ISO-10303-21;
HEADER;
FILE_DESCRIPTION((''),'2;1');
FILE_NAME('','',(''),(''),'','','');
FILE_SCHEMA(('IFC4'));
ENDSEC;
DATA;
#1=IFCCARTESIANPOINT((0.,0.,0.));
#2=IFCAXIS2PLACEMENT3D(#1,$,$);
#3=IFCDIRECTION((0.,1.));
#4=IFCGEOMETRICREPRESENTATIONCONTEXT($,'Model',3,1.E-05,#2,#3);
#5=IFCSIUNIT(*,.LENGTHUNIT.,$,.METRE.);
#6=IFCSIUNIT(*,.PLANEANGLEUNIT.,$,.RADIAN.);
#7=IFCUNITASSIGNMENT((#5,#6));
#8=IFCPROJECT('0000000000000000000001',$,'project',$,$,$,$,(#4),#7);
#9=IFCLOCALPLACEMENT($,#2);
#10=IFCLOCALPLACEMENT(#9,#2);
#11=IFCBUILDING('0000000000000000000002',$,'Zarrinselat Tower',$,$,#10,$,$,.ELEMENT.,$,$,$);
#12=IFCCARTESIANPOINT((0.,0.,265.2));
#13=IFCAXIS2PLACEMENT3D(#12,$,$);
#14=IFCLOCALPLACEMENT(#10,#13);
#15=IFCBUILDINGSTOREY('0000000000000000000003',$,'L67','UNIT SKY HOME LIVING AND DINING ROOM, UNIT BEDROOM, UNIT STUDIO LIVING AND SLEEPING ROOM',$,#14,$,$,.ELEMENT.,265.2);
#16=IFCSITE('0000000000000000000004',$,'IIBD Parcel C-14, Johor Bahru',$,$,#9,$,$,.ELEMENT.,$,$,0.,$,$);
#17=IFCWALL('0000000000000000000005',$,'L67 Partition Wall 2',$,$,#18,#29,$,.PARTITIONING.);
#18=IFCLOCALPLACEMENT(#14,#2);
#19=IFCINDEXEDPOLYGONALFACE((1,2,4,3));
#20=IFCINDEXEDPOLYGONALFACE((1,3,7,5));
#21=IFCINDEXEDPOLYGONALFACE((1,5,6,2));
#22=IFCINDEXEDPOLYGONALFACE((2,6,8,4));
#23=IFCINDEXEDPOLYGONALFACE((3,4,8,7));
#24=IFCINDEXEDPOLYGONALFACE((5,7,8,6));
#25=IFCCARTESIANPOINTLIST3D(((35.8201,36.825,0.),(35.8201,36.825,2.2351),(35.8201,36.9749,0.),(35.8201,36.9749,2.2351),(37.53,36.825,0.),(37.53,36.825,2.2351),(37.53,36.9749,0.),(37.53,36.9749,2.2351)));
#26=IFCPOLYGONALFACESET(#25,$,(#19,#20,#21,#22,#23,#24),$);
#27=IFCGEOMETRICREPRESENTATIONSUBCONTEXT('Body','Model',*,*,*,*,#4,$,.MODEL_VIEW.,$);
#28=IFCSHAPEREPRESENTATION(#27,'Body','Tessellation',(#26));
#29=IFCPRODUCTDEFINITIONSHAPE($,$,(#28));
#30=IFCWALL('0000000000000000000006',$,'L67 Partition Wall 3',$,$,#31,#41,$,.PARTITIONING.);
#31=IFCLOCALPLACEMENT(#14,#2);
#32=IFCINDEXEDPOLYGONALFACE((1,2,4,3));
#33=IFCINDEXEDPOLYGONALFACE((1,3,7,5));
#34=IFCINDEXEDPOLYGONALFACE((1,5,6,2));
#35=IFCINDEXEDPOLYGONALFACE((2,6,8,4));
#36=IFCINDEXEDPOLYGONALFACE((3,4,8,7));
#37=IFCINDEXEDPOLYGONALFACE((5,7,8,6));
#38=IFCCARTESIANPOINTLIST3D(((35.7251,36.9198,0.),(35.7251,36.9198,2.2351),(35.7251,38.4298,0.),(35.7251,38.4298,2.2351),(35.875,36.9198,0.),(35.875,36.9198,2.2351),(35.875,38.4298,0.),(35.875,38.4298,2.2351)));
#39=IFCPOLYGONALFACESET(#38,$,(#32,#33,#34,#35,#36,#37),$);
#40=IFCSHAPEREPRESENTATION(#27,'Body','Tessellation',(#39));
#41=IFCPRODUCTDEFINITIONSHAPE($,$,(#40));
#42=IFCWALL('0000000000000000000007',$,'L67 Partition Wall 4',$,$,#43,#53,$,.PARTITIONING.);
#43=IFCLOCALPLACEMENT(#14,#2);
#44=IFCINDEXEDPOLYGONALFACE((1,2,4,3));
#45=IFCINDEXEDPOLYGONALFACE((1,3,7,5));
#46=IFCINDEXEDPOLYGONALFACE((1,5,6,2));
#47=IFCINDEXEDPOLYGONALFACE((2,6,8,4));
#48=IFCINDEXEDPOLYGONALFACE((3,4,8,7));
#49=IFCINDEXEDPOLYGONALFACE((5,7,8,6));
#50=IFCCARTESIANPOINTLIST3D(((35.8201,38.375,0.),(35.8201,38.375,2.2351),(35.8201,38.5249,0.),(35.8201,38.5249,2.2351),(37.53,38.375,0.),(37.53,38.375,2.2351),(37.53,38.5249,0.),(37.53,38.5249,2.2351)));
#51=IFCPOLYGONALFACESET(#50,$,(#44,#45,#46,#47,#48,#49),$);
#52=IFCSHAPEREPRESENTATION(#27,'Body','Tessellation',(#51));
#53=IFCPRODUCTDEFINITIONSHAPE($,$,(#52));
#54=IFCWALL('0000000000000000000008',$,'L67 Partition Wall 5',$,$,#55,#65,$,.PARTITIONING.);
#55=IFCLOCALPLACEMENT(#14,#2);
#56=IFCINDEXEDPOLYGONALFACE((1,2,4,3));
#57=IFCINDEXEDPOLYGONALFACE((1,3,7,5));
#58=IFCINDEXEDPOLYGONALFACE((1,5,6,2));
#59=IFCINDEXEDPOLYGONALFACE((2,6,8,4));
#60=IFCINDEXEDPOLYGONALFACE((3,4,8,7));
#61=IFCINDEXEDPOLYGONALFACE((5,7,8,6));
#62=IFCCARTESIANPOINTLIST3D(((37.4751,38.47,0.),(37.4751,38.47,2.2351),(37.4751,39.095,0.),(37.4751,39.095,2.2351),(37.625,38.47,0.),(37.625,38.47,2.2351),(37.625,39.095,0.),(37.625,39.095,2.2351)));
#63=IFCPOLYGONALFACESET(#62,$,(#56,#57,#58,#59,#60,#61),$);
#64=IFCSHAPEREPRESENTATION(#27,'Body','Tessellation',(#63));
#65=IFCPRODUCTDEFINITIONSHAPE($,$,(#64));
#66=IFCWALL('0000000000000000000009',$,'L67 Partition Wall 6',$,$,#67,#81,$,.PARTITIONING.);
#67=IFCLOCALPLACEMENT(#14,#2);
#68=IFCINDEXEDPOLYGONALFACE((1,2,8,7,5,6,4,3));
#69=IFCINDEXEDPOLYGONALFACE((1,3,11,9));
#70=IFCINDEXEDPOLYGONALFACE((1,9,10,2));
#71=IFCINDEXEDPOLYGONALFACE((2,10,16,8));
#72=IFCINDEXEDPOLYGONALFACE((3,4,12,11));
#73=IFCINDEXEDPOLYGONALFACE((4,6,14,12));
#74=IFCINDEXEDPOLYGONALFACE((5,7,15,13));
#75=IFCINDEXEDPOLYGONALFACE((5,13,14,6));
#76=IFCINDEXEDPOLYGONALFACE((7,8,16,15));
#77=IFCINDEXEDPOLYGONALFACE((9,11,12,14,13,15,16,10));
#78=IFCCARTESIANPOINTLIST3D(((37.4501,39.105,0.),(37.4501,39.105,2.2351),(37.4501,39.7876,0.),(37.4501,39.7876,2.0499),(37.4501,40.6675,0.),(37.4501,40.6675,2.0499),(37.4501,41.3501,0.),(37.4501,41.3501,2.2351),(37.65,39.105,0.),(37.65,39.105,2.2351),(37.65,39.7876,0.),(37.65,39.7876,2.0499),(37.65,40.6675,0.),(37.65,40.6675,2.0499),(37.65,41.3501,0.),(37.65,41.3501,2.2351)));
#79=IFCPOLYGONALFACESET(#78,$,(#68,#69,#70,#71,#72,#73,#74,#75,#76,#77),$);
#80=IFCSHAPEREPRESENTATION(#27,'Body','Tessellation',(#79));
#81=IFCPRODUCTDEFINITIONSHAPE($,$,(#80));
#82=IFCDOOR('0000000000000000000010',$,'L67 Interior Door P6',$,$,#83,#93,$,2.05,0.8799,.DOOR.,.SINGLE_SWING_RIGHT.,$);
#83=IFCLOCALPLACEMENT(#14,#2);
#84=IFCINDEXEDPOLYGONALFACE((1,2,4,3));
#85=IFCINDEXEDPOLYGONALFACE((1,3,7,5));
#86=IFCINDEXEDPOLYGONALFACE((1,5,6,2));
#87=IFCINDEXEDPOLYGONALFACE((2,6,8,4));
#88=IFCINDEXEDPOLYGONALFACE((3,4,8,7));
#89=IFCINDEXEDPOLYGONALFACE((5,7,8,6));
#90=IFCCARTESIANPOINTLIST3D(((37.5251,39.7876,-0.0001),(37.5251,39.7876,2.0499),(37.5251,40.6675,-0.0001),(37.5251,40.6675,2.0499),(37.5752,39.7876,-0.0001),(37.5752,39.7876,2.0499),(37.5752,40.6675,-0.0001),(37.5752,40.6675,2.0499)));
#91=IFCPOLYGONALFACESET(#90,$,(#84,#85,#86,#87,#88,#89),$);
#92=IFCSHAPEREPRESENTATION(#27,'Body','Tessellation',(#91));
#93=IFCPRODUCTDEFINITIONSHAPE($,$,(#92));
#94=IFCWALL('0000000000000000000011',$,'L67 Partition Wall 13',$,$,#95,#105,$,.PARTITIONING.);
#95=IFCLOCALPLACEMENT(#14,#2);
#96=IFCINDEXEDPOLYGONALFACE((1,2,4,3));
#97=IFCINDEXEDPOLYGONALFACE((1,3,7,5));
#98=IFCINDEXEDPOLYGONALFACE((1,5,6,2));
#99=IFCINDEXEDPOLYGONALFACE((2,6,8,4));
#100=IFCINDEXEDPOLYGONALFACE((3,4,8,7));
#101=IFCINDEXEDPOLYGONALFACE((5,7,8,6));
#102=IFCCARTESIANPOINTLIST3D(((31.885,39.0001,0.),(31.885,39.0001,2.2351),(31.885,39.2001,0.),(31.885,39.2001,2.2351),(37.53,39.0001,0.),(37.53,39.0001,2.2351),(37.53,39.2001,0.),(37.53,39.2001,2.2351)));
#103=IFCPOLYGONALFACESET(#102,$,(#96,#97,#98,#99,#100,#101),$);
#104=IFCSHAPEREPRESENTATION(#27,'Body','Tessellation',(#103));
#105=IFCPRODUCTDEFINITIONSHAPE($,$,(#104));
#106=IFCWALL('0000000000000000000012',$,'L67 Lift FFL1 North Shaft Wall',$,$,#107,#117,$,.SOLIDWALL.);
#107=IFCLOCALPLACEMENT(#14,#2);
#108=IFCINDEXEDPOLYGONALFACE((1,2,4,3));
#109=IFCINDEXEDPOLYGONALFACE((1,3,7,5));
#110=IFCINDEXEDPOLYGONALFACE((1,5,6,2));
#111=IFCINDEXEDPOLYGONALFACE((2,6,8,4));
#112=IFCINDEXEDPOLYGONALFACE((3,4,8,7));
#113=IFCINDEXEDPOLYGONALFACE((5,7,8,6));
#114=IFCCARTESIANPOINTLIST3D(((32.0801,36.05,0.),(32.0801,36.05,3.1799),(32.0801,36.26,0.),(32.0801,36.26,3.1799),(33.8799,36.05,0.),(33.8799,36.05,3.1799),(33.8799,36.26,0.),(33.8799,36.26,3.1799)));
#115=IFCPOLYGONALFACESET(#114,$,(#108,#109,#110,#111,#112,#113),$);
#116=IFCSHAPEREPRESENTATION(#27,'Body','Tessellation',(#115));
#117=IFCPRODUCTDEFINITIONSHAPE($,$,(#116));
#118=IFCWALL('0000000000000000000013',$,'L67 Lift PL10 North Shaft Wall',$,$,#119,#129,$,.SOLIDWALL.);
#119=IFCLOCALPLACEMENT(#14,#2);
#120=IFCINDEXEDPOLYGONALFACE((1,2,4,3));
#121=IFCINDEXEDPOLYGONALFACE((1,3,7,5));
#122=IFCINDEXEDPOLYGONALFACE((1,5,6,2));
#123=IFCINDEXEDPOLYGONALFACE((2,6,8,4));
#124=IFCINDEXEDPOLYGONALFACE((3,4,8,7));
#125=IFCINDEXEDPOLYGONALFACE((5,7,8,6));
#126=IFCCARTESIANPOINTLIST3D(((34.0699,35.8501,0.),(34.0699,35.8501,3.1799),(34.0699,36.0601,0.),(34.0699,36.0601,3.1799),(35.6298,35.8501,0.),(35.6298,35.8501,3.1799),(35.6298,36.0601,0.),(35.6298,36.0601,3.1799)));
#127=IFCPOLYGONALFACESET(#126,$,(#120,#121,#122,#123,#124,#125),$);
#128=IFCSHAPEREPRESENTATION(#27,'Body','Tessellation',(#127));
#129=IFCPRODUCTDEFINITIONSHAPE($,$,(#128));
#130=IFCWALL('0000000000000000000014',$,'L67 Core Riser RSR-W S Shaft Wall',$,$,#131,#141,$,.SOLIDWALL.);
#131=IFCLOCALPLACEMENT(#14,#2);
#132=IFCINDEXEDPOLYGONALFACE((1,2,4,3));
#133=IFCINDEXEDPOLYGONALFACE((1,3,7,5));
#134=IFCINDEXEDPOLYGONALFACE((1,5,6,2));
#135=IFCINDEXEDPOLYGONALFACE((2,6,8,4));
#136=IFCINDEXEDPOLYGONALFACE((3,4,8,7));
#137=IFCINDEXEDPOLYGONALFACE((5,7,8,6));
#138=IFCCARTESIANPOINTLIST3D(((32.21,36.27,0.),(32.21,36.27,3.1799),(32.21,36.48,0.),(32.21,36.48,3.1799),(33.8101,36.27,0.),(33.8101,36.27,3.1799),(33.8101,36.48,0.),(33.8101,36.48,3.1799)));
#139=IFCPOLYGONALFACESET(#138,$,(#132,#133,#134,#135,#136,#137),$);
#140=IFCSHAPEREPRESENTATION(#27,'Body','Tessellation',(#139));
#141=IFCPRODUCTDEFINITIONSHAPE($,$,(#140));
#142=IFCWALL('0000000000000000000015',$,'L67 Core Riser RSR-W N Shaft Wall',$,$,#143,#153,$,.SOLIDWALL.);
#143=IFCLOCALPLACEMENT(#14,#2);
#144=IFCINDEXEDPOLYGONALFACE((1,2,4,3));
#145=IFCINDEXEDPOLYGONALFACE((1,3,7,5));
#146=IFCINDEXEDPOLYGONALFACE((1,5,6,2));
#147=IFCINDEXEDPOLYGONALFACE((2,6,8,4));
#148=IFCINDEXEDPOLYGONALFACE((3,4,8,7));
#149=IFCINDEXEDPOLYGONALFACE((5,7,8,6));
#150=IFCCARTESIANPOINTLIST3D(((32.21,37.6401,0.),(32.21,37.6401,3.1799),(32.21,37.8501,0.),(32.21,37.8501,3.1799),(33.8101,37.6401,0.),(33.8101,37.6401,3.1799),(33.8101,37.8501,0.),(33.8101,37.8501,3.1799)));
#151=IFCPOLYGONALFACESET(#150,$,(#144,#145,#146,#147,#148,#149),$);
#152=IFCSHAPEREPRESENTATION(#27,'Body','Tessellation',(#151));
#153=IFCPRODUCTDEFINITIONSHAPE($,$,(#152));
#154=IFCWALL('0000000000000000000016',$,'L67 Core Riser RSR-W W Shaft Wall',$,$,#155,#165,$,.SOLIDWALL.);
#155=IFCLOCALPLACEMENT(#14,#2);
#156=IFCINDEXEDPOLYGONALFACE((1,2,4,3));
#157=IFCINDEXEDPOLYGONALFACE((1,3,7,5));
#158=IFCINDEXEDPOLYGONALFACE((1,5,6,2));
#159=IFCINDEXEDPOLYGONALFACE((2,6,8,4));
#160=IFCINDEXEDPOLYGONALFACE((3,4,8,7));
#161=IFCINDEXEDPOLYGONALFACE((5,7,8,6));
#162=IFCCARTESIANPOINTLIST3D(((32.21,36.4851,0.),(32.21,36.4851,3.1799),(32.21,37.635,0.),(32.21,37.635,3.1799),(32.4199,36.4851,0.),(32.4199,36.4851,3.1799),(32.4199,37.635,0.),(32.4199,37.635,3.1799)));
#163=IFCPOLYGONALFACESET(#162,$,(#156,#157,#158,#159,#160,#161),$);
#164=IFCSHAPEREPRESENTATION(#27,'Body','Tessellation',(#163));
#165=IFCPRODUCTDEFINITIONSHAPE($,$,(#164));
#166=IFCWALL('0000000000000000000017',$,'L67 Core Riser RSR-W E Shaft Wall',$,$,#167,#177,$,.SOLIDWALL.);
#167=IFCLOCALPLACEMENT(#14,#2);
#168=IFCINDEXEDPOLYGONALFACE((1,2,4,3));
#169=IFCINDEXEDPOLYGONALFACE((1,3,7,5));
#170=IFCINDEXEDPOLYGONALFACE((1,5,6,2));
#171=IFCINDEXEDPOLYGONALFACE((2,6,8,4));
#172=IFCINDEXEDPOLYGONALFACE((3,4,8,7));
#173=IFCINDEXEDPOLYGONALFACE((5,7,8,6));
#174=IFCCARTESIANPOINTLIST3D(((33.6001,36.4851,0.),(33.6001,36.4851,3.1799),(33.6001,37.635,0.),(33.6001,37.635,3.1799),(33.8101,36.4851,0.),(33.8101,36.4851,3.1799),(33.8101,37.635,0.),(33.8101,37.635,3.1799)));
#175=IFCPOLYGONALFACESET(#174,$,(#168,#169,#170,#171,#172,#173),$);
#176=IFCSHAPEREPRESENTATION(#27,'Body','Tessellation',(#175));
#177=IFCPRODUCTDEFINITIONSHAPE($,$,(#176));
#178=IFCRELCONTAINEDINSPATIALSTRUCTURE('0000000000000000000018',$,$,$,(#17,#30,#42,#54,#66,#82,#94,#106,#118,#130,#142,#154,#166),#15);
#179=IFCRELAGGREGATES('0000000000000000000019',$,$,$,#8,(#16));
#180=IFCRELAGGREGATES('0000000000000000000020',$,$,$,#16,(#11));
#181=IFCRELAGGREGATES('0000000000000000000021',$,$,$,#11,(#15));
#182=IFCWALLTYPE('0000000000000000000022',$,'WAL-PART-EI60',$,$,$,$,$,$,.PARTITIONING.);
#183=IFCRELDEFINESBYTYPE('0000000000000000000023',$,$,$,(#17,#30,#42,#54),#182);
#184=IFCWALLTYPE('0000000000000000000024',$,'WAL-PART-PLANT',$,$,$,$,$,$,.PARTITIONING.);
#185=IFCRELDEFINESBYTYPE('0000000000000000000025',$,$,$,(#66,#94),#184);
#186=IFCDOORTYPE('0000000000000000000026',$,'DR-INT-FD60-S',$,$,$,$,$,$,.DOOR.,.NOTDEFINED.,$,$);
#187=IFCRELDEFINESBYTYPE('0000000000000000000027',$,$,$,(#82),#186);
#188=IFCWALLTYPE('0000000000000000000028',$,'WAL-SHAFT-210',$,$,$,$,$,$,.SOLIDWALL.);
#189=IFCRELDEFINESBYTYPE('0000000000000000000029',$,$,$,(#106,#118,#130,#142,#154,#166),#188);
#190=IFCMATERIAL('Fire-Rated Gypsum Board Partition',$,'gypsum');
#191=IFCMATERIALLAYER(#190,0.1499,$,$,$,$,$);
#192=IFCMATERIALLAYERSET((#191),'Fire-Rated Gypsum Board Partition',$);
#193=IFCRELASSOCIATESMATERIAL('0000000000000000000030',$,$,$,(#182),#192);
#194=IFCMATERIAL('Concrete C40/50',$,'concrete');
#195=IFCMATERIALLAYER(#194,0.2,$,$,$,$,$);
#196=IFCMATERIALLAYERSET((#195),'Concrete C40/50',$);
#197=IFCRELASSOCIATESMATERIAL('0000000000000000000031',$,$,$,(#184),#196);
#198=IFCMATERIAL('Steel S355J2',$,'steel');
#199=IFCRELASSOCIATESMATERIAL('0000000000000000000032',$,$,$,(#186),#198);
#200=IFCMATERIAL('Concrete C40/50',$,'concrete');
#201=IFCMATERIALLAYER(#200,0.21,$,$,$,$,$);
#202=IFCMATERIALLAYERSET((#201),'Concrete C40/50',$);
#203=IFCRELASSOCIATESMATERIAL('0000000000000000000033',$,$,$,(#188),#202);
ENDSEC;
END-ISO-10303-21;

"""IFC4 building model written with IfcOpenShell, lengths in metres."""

from ifc_helpers import new_model, si_unit, direction, frame, frame_2d, origin, place, context, subcontext, project, spatial, rectangle, extrude, material, layer, layer_set, type_object, element, fill, save


model = new_model("IFC4")

# Units and contexts
model_context = context("Model", 3, precision=1e-05, world=origin(), true_north=direction((0.0, 1.0)))
body_context = subcontext(model_context, "Body", "Model", "MODEL_VIEW")
ifc_project = project(units=[si_unit("LENGTHUNIT", "METRE"), si_unit("PLANEANGLEUNIT", "RADIAN")], contexts=[model_context])

# Site, building, storey
site_placement = place(None, origin())
site = spatial("IfcSite", under=ifc_project, at=site_placement, Name="IIBD Parcel C-14, Johor Bahru", CompositionType="ELEMENT", RefElevation=0.0)
building_placement = place(site_placement, origin())
building = spatial("IfcBuilding", under=site, at=building_placement, Name="Zarrinselat Tower", CompositionType="ELEMENT")
storey_placement = place(building_placement, frame((0.0, 0.0, 265.2)))
storey = spatial("IfcBuildingStorey", under=building, at=storey_placement, Name="L67", Description="UNIT SKY HOME LIVING AND DINING ROOM, UNIT BEDROOM, UNIT STUDIO LIVING AND SLEEPING ROOM", CompositionType="ELEMENT", Elevation=265.2)

# Walls
ifc_material_1 = material(Name="Fire-Rated Gypsum Board Partition", Category="gypsum")
ifc_layer_1 = layer(ifc_material_1, 0.1499)
ifc_layer_set_1 = layer_set([ifc_layer_1], Name="Fire-Rated Gypsum Board Partition")
wall_type_1 = type_object("IfcWallType", Name="WAL-PART-EI60", PredefinedType="PARTITIONING", material=ifc_layer_set_1)
wall_1_placement = place(storey_placement, frame((35.8201, 36.8999, 0.0), z_axis=(0.0, 0.0, 1.0), x_axis=(1.0, 0.0, 0.0)))
element("IfcWall", 1, at=wall_1_placement, inside=storey, type_object=wall_type_1, Name="L67 Partition Wall 2", PredefinedType="PARTITIONING", context=body_context, shape_type="SweptSolid", body=[
    extrude(rectangle(XDim=1.71, YDim=0.1499, at=frame_2d((0.855, 0.0))), origin(), (0.0, 0.0, 1.0), 2.2351),
])
wall_2_placement = place(storey_placement, frame((35.8, 36.9199, 0.0), z_axis=(0.0, 0.0, 1.0), x_axis=(0.0, 1.0, 0.0)))
element("IfcWall", 2, at=wall_2_placement, inside=storey, type_object=wall_type_1, Name="L67 Partition Wall 3", PredefinedType="PARTITIONING", context=body_context, shape_type="SweptSolid", body=[
    extrude(rectangle(XDim=1.51, YDim=0.1499, at=frame_2d((0.7549, 0.0))), origin(), (0.0, 0.0, 1.0), 2.2351),
])
wall_3_placement = place(storey_placement, frame((35.8201, 38.45, 0.0), z_axis=(0.0, 0.0, 1.0), x_axis=(1.0, 0.0, 0.0)))
element("IfcWall", 3, at=wall_3_placement, inside=storey, type_object=wall_type_1, Name="L67 Partition Wall 4", PredefinedType="PARTITIONING", context=body_context, shape_type="SweptSolid", body=[
    extrude(rectangle(XDim=1.71, YDim=0.1499, at=frame_2d((0.855, 0.0))), origin(), (0.0, 0.0, 1.0), 2.2351),
])
wall_4_placement = place(storey_placement, frame((37.55, 38.47, 0.0), z_axis=(0.0, 0.0, 1.0), x_axis=(0.0, 1.0, 0.0)))
element("IfcWall", 4, at=wall_4_placement, inside=storey, type_object=wall_type_1, Name="L67 Partition Wall 5", PredefinedType="PARTITIONING", context=body_context, shape_type="SweptSolid", body=[
    extrude(rectangle(XDim=0.625, YDim=0.1499, at=frame_2d((0.3125, 0.0))), origin(), (0.0, 0.0, 1.0), 2.2351),
])

# Wall, opening, door
ifc_material_2 = material(Name="Concrete C40/50", Category="concrete")
ifc_layer_2 = layer(ifc_material_2, 0.2)
ifc_layer_set_2 = layer_set([ifc_layer_2], Name="Concrete C40/50")
wall_type_2 = type_object("IfcWallType", Name="WAL-PART-PLANT", PredefinedType="PARTITIONING", material=ifc_layer_set_2)
wall_5_placement = place(storey_placement, frame((37.55, 39.105, 0.0), z_axis=(0.0, 0.0, 1.0), x_axis=(0.0, 1.0, 0.0)))
wall_5 = element("IfcWall", 5, at=wall_5_placement, inside=storey, type_object=wall_type_2, Name="L67 Partition Wall 6", PredefinedType="PARTITIONING", context=body_context, shape_type="SweptSolid", body=[
    extrude(rectangle(XDim=2.2451, YDim=0.2, at=frame_2d((1.1226, 0.0))), origin(), (0.0, 0.0, 1.0), 2.2351),
])
opening_placement = place(wall_5_placement, frame((0.6826, 0.0, 0.0)))
opening = element("IfcOpeningElement", 6, at=opening_placement, cuts=wall_5, PredefinedType="OPENING", context=body_context, shape_type="SweptSolid", body=[
    extrude(rectangle(XDim=0.8799, YDim=2.05, at=frame_2d((0.4399, 1.0249))), frame((0.0, 0.1099, 0.0), z_axis=(0.0, -1.0, 0.0), x_axis=(1.0, 0.0, 0.0)), (0.0, 0.0, 1.0), 0.22),
])
ifc_material_3 = material(Name="Steel S355J2", Category="steel")
door_type = type_object("IfcDoorType", Name="DR-INT-FD60-S", OperationType="NOTDEFINED", PredefinedType="DOOR", material=ifc_material_3)
door_placement = place(opening_placement, origin())
door = element("IfcDoor", 7, at=door_placement, inside=storey, type_object=door_type, Name="L67 Interior Door P6", OperationType="SINGLE_SWING_RIGHT", OverallHeight=2.05, OverallWidth=0.8799, PredefinedType="DOOR", context=body_context, shape_type="SweptSolid", body=[
    extrude(rectangle(XDim=0.8799, YDim=2.05, at=frame_2d((0.4399, 1.0249))), frame((0.0, 0.0249, 0.0), z_axis=(0.0, -1.0, 0.0), x_axis=(1.0, 0.0, 0.0)), (0.0, 0.0, 1.0), 0.05),
])
fill(opening, door)

# Walls
wall_6_placement = place(storey_placement, frame((31.885, 39.1001, 0.0), z_axis=(0.0, 0.0, 1.0), x_axis=(1.0, 0.0, 0.0)))
element("IfcWall", 8, at=wall_6_placement, inside=storey, type_object=wall_type_2, Name="L67 Partition Wall 13", PredefinedType="PARTITIONING", context=body_context, shape_type="SweptSolid", body=[
    extrude(rectangle(XDim=5.645, YDim=0.2, at=frame_2d((2.8225, 0.0))), origin(), (0.0, 0.0, 1.0), 2.2351),
])
ifc_material_4 = material(Name="Concrete C40/50", Category="concrete")
ifc_layer_3 = layer(ifc_material_4, 0.21)
ifc_layer_set_3 = layer_set([ifc_layer_3], Name="Concrete C40/50")
wall_type_3 = type_object("IfcWallType", Name="WAL-SHAFT-210", PredefinedType="SOLIDWALL", material=ifc_layer_set_3)
wall_7_placement = place(storey_placement, frame((32.0801, 36.155, 0.0), z_axis=(0.0, 0.0, 1.0), x_axis=(1.0, 0.0, 0.0)))
element("IfcWall", 9, at=wall_7_placement, inside=storey, type_object=wall_type_3, Name="L67 Lift FFL1 North Shaft Wall", PredefinedType="SOLIDWALL", context=body_context, shape_type="SweptSolid", body=[
    extrude(rectangle(XDim=1.7998, YDim=0.21, at=frame_2d((0.8999, 0.0))), origin(), (0.0, 0.0, 1.0), 3.1799),
])
wall_8_placement = place(storey_placement, frame((34.0701, 35.9551, 0.0), z_axis=(0.0, 0.0, 1.0), x_axis=(1.0, 0.0, 0.0)))
element("IfcWall", 10, at=wall_8_placement, inside=storey, type_object=wall_type_3, Name="L67 Lift PL10 North Shaft Wall", PredefinedType="SOLIDWALL", context=body_context, shape_type="SweptSolid", body=[
    extrude(rectangle(XDim=1.5598, YDim=0.21, at=frame_2d((0.7798, 0.0))), origin(), (0.0, 0.0, 1.0), 3.1799),
])
for number, where, z_axis, x_axis, name in (
    (11, (32.21, 36.375, 0.0), (0.0, 0.0, 1.0), (1.0, 0.0, 0.0), "L67 Core Riser RSR-W S Shaft Wall"),
    (12, (32.21, 37.7451, 0.0), (0.0, 0.0, 1.0), (1.0, 0.0, 0.0), "L67 Core Riser RSR-W N Shaft Wall"),
):
    element("IfcWall", number, at=place(storey_placement, frame(where, z_axis=z_axis, x_axis=x_axis)), inside=storey, type_object=wall_type_3, Name=name, PredefinedType="SOLIDWALL", context=body_context, shape_type="SweptSolid", body=[
        extrude(rectangle(XDim=1.6001, YDim=0.21, at=frame_2d((0.8, 0.0))), origin(), (0.0, 0.0, 1.0), 3.1799),
    ])
for number, where, z_axis, x_axis, name in (
    (13, (32.3149, 36.4851, 0.0), (0.0, 0.0, 1.0), (0.0, 1.0, 0.0), "L67 Core Riser RSR-W W Shaft Wall"),
    (14, (33.7051, 36.4851, 0.0), (0.0, 0.0, 1.0), (0.0, 1.0, 0.0), "L67 Core Riser RSR-W E Shaft Wall"),
):
    element("IfcWall", number, at=place(storey_placement, frame(where, z_axis=z_axis, x_axis=x_axis)), inside=storey, type_object=wall_type_3, Name=name, PredefinedType="SOLIDWALL", context=body_context, shape_type="SweptSolid", body=[
        extrude(rectangle(XDim=1.1499, YDim=0.21, at=frame_2d((0.575, 0.0))), origin(), (0.0, 0.0, 1.0), 3.1799),
    ])

save(model, "model.ifc")
